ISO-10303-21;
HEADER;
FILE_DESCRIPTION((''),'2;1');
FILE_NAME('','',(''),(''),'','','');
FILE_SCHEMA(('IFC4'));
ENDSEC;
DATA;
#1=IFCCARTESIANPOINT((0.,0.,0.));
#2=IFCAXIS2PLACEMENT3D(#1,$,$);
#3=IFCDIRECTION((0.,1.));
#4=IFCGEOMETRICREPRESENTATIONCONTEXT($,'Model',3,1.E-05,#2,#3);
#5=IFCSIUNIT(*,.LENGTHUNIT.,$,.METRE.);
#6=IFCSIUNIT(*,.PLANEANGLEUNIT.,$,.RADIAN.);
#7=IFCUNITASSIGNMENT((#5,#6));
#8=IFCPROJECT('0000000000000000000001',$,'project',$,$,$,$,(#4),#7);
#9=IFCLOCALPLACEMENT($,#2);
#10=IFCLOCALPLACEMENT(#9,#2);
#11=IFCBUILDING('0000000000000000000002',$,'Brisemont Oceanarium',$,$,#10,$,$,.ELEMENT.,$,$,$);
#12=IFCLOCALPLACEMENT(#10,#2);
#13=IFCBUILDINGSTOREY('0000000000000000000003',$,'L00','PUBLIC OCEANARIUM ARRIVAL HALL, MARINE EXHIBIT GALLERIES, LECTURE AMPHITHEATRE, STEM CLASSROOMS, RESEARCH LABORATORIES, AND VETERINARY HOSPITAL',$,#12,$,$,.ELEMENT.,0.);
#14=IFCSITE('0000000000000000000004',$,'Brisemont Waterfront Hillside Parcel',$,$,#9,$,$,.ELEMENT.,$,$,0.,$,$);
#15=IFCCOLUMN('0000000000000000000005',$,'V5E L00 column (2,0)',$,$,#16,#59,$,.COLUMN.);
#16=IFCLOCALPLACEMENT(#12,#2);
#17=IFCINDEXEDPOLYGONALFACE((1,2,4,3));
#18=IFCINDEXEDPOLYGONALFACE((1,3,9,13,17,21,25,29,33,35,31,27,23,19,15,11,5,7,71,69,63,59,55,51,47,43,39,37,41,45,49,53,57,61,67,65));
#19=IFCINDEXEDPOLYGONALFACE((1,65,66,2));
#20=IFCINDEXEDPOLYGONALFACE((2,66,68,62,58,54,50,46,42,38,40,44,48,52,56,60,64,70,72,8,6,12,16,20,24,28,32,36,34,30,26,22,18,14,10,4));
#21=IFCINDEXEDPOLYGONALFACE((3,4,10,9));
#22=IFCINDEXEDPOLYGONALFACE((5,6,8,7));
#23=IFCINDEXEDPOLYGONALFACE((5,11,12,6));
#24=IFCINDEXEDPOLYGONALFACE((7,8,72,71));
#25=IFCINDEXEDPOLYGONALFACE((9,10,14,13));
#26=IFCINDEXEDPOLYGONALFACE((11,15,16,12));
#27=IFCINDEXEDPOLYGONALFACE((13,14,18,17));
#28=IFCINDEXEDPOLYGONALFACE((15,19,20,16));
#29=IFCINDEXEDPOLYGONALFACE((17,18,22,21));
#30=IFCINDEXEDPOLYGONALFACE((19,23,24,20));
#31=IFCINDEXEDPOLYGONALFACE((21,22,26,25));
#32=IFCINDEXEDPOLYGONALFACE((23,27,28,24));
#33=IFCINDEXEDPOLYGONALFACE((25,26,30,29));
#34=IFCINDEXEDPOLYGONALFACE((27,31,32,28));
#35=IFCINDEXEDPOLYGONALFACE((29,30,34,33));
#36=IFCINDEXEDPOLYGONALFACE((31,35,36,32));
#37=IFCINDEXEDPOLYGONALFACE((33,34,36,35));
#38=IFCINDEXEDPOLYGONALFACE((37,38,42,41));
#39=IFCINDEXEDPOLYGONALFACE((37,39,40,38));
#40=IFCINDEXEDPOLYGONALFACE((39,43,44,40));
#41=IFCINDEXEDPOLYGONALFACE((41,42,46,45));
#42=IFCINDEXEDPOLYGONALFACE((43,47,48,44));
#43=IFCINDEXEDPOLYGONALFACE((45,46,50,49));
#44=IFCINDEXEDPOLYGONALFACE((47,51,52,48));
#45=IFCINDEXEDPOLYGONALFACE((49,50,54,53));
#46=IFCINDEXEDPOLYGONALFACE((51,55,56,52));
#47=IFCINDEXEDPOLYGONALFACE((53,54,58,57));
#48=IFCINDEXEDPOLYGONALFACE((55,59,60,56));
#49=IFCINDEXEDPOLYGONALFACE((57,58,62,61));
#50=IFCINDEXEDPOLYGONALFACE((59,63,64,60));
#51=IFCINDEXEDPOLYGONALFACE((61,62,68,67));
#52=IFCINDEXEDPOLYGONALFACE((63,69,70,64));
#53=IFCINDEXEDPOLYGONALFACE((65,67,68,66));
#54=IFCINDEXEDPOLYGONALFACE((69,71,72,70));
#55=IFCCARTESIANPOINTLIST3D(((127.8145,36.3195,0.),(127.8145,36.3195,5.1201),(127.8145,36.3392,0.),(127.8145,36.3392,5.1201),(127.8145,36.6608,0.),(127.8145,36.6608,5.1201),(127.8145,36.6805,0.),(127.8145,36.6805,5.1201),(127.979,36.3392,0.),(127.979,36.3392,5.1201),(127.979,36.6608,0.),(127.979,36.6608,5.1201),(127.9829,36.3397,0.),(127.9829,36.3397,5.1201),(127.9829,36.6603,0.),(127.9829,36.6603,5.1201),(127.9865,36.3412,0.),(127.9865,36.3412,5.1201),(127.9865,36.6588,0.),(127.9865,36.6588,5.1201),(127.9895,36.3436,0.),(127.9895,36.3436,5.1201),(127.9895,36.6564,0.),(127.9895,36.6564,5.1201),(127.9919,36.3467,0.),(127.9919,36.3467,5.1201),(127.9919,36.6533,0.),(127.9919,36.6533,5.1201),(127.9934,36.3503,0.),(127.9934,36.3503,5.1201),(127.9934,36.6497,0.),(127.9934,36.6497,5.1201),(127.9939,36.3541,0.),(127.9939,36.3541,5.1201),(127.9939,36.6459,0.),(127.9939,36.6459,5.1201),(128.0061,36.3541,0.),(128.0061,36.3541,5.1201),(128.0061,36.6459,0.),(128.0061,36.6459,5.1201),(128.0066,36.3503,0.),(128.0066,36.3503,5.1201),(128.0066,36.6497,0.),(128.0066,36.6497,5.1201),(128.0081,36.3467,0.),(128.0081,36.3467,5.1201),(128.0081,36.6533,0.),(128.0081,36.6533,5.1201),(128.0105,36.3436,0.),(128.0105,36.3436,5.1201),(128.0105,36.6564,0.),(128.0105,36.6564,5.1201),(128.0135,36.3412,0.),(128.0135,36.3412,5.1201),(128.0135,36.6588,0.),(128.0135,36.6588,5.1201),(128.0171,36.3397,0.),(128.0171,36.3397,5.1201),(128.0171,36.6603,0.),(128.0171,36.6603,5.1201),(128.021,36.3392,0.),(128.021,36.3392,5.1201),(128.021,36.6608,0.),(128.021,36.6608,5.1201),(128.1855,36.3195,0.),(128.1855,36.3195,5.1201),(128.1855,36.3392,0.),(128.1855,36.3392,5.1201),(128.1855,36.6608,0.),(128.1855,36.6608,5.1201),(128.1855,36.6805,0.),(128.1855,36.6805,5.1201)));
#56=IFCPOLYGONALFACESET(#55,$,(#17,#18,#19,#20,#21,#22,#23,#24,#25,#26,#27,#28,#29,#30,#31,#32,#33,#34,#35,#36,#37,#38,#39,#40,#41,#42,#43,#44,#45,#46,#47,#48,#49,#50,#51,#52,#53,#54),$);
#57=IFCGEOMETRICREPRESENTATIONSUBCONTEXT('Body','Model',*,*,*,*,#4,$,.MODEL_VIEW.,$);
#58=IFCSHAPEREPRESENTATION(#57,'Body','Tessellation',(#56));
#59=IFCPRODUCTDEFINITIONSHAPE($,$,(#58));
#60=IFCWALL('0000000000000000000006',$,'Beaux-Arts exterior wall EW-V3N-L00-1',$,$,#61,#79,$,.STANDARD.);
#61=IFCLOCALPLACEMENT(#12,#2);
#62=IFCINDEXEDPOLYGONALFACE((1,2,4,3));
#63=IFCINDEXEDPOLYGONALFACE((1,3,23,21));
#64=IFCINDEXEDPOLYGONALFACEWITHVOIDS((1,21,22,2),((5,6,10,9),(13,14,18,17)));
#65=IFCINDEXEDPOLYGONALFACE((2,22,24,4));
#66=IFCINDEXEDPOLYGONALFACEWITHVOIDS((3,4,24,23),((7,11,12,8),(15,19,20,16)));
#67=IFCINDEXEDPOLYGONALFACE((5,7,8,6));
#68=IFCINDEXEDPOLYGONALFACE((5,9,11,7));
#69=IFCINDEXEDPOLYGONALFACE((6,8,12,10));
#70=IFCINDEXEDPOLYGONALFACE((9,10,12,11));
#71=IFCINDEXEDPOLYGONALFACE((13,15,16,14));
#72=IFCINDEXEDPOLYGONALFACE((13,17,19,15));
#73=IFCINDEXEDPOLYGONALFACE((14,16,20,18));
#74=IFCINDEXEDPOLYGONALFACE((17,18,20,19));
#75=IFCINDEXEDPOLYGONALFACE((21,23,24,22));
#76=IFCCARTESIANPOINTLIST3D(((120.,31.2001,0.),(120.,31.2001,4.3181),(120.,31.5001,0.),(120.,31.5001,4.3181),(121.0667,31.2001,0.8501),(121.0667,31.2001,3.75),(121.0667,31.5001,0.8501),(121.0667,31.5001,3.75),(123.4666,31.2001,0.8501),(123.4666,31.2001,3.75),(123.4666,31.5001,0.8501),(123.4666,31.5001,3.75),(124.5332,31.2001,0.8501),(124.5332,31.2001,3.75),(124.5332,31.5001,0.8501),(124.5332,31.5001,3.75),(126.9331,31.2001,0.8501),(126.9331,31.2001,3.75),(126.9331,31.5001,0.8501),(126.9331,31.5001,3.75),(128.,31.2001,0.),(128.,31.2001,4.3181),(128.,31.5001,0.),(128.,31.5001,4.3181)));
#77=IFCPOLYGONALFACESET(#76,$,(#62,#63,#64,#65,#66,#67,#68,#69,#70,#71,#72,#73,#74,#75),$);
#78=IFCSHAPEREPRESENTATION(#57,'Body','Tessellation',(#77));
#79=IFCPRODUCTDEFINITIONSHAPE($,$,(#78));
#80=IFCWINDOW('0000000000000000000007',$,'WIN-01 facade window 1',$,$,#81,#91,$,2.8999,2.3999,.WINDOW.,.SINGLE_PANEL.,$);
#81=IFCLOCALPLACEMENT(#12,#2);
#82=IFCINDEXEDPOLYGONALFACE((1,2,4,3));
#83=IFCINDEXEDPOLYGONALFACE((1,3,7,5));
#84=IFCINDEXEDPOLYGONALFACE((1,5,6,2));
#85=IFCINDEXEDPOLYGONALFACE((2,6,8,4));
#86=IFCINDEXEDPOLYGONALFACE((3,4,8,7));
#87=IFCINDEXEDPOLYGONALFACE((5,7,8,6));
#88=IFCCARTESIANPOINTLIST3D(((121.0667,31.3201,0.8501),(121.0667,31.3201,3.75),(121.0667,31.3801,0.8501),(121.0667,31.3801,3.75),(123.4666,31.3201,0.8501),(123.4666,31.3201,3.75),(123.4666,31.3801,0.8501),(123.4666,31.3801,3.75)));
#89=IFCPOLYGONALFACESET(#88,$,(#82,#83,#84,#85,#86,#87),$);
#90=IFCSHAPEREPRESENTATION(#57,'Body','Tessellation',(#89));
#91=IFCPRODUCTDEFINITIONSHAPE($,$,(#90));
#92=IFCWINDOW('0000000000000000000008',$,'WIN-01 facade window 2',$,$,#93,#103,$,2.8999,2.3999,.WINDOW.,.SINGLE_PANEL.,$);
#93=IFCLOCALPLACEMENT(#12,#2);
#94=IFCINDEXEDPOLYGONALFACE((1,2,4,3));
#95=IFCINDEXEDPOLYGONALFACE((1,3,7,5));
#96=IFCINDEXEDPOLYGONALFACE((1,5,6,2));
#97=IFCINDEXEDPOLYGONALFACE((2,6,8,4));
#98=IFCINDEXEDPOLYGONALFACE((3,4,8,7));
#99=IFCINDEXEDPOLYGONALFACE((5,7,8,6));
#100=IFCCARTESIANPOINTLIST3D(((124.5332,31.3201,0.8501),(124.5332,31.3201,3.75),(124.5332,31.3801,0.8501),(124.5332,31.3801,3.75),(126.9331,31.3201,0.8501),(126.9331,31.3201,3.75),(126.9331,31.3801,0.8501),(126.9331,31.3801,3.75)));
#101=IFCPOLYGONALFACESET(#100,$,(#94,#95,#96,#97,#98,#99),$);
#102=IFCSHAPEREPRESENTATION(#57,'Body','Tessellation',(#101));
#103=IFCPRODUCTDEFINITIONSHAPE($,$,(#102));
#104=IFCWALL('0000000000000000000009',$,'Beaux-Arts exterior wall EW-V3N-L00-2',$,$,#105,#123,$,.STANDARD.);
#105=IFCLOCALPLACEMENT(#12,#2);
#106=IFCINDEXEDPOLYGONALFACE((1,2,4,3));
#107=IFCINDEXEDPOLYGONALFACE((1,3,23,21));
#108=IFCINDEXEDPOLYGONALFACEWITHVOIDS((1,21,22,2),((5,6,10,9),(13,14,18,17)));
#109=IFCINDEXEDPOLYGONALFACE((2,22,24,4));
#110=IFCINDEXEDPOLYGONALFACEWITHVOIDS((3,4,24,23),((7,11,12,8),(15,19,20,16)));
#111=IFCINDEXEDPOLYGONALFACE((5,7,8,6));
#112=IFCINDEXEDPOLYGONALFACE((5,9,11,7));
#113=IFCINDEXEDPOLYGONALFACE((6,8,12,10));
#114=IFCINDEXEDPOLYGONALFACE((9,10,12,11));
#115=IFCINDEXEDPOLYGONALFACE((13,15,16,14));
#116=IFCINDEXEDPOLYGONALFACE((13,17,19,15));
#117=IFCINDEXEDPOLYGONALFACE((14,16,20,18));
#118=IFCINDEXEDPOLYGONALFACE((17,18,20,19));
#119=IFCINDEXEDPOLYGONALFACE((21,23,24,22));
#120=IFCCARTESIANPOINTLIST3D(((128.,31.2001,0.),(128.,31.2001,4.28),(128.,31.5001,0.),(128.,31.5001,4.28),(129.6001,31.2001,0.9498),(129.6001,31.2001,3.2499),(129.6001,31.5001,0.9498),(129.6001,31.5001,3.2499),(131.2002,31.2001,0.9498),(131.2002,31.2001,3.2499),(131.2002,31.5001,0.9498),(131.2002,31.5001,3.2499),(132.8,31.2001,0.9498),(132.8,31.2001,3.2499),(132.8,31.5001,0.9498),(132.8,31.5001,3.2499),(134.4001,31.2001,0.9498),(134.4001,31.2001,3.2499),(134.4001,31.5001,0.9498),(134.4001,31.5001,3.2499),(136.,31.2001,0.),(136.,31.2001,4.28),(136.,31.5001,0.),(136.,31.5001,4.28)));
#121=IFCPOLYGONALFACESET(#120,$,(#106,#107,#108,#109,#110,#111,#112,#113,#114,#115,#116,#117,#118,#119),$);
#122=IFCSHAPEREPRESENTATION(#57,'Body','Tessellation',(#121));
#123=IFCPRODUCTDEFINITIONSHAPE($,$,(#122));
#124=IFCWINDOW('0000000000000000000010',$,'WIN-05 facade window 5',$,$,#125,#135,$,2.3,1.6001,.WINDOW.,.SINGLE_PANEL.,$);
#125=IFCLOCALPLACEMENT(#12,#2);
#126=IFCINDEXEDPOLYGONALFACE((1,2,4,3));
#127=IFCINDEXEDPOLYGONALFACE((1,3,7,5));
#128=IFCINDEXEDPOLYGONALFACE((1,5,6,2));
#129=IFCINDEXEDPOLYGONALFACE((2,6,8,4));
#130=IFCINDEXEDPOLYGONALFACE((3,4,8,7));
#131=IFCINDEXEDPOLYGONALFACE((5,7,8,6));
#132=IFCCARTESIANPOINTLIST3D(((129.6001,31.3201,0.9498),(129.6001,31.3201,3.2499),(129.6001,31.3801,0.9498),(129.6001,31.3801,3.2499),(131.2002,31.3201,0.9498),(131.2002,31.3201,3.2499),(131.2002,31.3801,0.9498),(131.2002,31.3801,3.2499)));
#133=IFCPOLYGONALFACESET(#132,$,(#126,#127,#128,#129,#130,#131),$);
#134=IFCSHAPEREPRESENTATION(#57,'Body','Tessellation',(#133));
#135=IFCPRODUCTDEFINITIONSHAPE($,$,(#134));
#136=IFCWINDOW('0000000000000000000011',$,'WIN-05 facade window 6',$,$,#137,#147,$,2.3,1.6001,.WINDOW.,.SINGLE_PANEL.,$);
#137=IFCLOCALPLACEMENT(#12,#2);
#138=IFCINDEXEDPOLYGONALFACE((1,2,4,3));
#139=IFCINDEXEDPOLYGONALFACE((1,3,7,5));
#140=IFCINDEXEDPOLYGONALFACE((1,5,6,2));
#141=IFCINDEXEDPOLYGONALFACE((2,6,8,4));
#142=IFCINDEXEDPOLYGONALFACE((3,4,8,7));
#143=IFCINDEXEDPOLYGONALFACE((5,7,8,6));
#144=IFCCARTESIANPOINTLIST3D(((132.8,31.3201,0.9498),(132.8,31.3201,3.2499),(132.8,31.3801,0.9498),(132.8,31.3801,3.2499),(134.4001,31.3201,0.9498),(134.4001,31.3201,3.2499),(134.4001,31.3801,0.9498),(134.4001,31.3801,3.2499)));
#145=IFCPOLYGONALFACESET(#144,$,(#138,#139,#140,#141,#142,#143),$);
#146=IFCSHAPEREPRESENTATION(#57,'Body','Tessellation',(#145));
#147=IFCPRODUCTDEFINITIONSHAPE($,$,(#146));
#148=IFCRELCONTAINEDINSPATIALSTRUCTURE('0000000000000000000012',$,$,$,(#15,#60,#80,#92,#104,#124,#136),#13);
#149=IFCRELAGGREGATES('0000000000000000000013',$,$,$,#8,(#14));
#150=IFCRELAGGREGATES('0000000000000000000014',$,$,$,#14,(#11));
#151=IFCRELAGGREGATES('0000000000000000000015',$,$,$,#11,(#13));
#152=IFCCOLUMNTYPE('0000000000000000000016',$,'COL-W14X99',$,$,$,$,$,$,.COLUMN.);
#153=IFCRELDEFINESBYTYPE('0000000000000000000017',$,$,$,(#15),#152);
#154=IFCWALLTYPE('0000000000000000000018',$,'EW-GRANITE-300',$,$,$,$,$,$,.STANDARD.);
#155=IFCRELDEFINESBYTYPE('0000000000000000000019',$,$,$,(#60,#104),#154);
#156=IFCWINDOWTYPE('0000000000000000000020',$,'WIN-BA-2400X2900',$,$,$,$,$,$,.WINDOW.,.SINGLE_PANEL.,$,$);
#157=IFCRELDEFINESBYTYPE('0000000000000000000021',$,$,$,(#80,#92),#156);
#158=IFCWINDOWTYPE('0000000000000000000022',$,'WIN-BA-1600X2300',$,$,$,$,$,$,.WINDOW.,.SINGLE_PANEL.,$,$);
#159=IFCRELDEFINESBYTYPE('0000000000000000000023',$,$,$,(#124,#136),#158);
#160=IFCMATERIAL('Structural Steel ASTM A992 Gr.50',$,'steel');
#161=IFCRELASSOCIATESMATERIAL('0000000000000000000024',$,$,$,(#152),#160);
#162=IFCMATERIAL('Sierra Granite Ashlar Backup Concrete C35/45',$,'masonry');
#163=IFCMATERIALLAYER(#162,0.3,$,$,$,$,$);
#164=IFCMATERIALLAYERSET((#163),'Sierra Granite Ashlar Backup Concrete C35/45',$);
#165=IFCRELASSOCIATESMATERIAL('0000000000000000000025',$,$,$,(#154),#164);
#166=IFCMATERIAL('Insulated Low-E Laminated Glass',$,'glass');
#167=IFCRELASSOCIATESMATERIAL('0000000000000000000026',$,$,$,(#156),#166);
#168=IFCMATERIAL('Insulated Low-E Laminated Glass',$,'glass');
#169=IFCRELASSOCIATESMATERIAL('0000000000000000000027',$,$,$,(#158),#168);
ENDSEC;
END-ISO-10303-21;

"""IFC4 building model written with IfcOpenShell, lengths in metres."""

from ifc_helpers import new_model, si_unit, direction, frame, frame_2d, origin, origin_2d, place, context, subcontext, project, spatial, rectangle, i_section, extrude, material, layer, layer_set, material_profile, profile_set, type_object, element, fill, save


model = new_model("IFC4")

# Units and contexts
model_context = context("Model", 3, precision=1e-05, world=origin(), true_north=direction((0.0, 1.0)))
body_context = subcontext(model_context, "Body", "Model", "MODEL_VIEW")
ifc_project = project(units=[si_unit("LENGTHUNIT", "METRE"), si_unit("PLANEANGLEUNIT", "RADIAN")], contexts=[model_context])

# Site, building, storey
site_placement = place(None, origin())
site = spatial("IfcSite", under=ifc_project, at=site_placement, Name="Brisemont Waterfront Hillside Parcel", CompositionType="ELEMENT", RefElevation=0.0)
building_placement = place(site_placement, origin())
building = spatial("IfcBuilding", under=site, at=building_placement, Name="Brisemont Oceanarium", CompositionType="ELEMENT")
storey_placement = place(building_placement, origin())
storey = spatial("IfcBuildingStorey", under=building, at=storey_placement, Name="L00", Description="PUBLIC OCEANARIUM ARRIVAL HALL, MARINE EXHIBIT GALLERIES, LECTURE AMPHITHEATRE, STEM CLASSROOMS, RESEARCH LABORATORIES, AND VETERINARY HOSPITAL", CompositionType="ELEMENT", Elevation=0.0)

# Column
ifc_material_1 = material(Name="Structural Steel ASTM A992 Gr.50", Category="steel")
ifc_material_profile_1 = material_profile(ifc_material_1, i_section(OverallWidth=0.3711, OverallDepth=0.3611, WebThickness=0.0122, FlangeThickness=0.0198, FilletRadius=0.0149, at=origin_2d()), Name="W14X99")
ifc_profile_set_1 = profile_set([ifc_material_profile_1], Name="Structural Steel ASTM A992 Gr.50")
column_type_1 = type_object("IfcColumnType", Name="COL-W14X99", PredefinedType="COLUMN", material=ifc_profile_set_1)
column_1_placement = place(storey_placement, frame((128.0, 36.5, 0.0), z_axis=(0.0, 0.0, 1.0), x_axis=(1.0, 0.0, 0.0)))
element("IfcColumn", 1, at=column_1_placement, inside=storey, type_object=column_type_1, Name="V5E L00 column (2,0)", PredefinedType="COLUMN", context=body_context, shape_type="SweptSolid", body=[
    extrude(i_section(OverallWidth=0.3711, OverallDepth=0.3611, WebThickness=0.0122, FlangeThickness=0.0198, FilletRadius=0.0149, at=origin_2d()), origin(), (0.0, 0.0, 1.0), 5.1201),
])

# Walls, openings, windows
ifc_material_2 = material(Name="Sierra Granite Ashlar Backup Concrete C35/45", Category="masonry")
ifc_layer = layer(ifc_material_2, 0.3)
ifc_layer_set = layer_set([ifc_layer], Name="Sierra Granite Ashlar Backup Concrete C35/45")
wall_type = type_object("IfcWallType", Name="EW-GRANITE-300", PredefinedType="STANDARD", material=ifc_layer_set)
wall_1_placement = place(storey_placement, frame((120.0, 31.3501, 0.0), z_axis=(0.0, 0.0, 1.0), x_axis=(1.0, 0.0, 0.0)))
wall_1 = element("IfcWall", 2, at=wall_1_placement, inside=storey, type_object=wall_type, Name="Beaux-Arts exterior wall EW-V3N-L00-1", PredefinedType="STANDARD", context=body_context, shape_type="SweptSolid", body=[
    extrude(rectangle(XDim=8.0, YDim=0.3, at=frame_2d((4.0, 0.0))), origin(), (0.0, 0.0, 1.0), 4.3181),
])
opening_1_placement = place(wall_1_placement, frame((1.0667, 0.0, 0.8501)))
opening_1 = element("IfcOpeningElement", 3, at=opening_1_placement, cuts=wall_1, PredefinedType="OPENING", context=body_context, shape_type="SweptSolid", body=[
    extrude(rectangle(XDim=2.3999, YDim=2.8999, at=frame_2d((1.2, 1.45))), frame((0.0, 0.1599, 0.0), z_axis=(0.0, -1.0, 0.0), x_axis=(1.0, 0.0, 0.0)), (0.0, 0.0, 1.0), 0.3201),
])
opening_2_placement = place(wall_1_placement, frame((4.5332, 0.0, 0.8501)))
opening_2 = element("IfcOpeningElement", 4, at=opening_2_placement, cuts=wall_1, PredefinedType="OPENING", context=body_context, shape_type="SweptSolid", body=[
    extrude(rectangle(XDim=2.3999, YDim=2.8999, at=frame_2d((1.2, 1.45))), frame((0.0, 0.1599, 0.0), z_axis=(0.0, -1.0, 0.0), x_axis=(1.0, 0.0, 0.0)), (0.0, 0.0, 1.0), 0.3201),
])
ifc_material_3 = material(Name="Insulated Low-E Laminated Glass", Category="glass")
window_type_1 = type_object("IfcWindowType", Name="WIN-BA-2400X2900", PartitioningType="SINGLE_PANEL", PredefinedType="WINDOW", material=ifc_material_3)
window_1_placement = place(opening_1_placement, origin())
window_1 = element("IfcWindow", 5, at=window_1_placement, inside=storey, type_object=window_type_1, Name="WIN-01 facade window 1", OverallHeight=2.8999, OverallWidth=2.3999, PartitioningType="SINGLE_PANEL", PredefinedType="WINDOW", context=body_context, shape_type="SweptSolid", body=[
    extrude(rectangle(XDim=2.3999, YDim=2.8999, at=frame_2d((1.2, 1.45))), frame((0.0, 0.03, 0.0), z_axis=(0.0, -1.0, 0.0), x_axis=(1.0, 0.0, 0.0)), (0.0, 0.0, 1.0), 0.0601),
])
fill(opening_1, window_1)
window_2_placement = place(opening_2_placement, origin())
window_2 = element("IfcWindow", 6, at=window_2_placement, inside=storey, type_object=window_type_1, Name="WIN-01 facade window 2", OverallHeight=2.8999, OverallWidth=2.3999, PartitioningType="SINGLE_PANEL", PredefinedType="WINDOW", context=body_context, shape_type="SweptSolid", body=[
    extrude(rectangle(XDim=2.3999, YDim=2.8999, at=frame_2d((1.2, 1.45))), frame((0.0, 0.03, 0.0), z_axis=(0.0, -1.0, 0.0), x_axis=(1.0, 0.0, 0.0)), (0.0, 0.0, 1.0), 0.0601),
])
fill(opening_2, window_2)
wall_2_placement = place(storey_placement, frame((128.0, 31.3501, 0.0), z_axis=(0.0, 0.0, 1.0), x_axis=(1.0, 0.0, 0.0)))
wall_2 = element("IfcWall", 7, at=wall_2_placement, inside=storey, type_object=wall_type, Name="Beaux-Arts exterior wall EW-V3N-L00-2", PredefinedType="STANDARD", context=body_context, shape_type="SweptSolid", body=[
    extrude(rectangle(XDim=8.0, YDim=0.3, at=frame_2d((4.0, 0.0))), origin(), (0.0, 0.0, 1.0), 4.28),
])
opening_3_placement = place(wall_2_placement, frame((1.6001, 0.0, 0.95)))
opening_3 = element("IfcOpeningElement", 8, at=opening_3_placement, cuts=wall_2, PredefinedType="OPENING", context=body_context, shape_type="SweptSolid", body=[
    extrude(rectangle(XDim=1.6001, YDim=2.3, at=frame_2d((0.8, 1.1499))), frame((0.0, 0.1599, 0.0), z_axis=(0.0, -1.0, 0.0), x_axis=(1.0, 0.0, 0.0)), (0.0, 0.0, 1.0), 0.3201),
])
opening_4_placement = place(wall_2_placement, frame((4.8, 0.0, 0.95)))
opening_4 = element("IfcOpeningElement", 9, at=opening_4_placement, cuts=wall_2, PredefinedType="OPENING", context=body_context, shape_type="SweptSolid", body=[
    extrude(rectangle(XDim=1.6001, YDim=2.3, at=frame_2d((0.8, 1.1499))), frame((0.0, 0.1599, 0.0), z_axis=(0.0, -1.0, 0.0), x_axis=(1.0, 0.0, 0.0)), (0.0, 0.0, 1.0), 0.3201),
])
ifc_material_4 = material(Name="Insulated Low-E Laminated Glass", Category="glass")
window_type_2 = type_object("IfcWindowType", Name="WIN-BA-1600X2300", PartitioningType="SINGLE_PANEL", PredefinedType="WINDOW", material=ifc_material_4)
window_3_placement = place(opening_3_placement, origin())
window_3 = element("IfcWindow", 10, at=window_3_placement, inside=storey, type_object=window_type_2, Name="WIN-05 facade window 5", OverallHeight=2.3, OverallWidth=1.6001, PartitioningType="SINGLE_PANEL", PredefinedType="WINDOW", context=body_context, shape_type="SweptSolid", body=[
    extrude(rectangle(XDim=1.6001, YDim=2.3, at=frame_2d((0.8, 1.1499))), frame((0.0, 0.03, 0.0), z_axis=(0.0, -1.0, 0.0), x_axis=(1.0, 0.0, 0.0)), (0.0, 0.0, 1.0), 0.0601),
])
fill(opening_3, window_3)
window_4_placement = place(opening_4_placement, origin())
window_4 = element("IfcWindow", 11, at=window_4_placement, inside=storey, type_object=window_type_2, Name="WIN-05 facade window 6", OverallHeight=2.3, OverallWidth=1.6001, PartitioningType="SINGLE_PANEL", PredefinedType="WINDOW", context=body_context, shape_type="SweptSolid", body=[
    extrude(rectangle(XDim=1.6001, YDim=2.3, at=frame_2d((0.8, 1.1499))), frame((0.0, 0.03, 0.0), z_axis=(0.0, -1.0, 0.0), x_axis=(1.0, 0.0, 0.0)), (0.0, 0.0, 1.0), 0.0601),
])
fill(opening_4, window_4)

save(model, "model.ifc")
